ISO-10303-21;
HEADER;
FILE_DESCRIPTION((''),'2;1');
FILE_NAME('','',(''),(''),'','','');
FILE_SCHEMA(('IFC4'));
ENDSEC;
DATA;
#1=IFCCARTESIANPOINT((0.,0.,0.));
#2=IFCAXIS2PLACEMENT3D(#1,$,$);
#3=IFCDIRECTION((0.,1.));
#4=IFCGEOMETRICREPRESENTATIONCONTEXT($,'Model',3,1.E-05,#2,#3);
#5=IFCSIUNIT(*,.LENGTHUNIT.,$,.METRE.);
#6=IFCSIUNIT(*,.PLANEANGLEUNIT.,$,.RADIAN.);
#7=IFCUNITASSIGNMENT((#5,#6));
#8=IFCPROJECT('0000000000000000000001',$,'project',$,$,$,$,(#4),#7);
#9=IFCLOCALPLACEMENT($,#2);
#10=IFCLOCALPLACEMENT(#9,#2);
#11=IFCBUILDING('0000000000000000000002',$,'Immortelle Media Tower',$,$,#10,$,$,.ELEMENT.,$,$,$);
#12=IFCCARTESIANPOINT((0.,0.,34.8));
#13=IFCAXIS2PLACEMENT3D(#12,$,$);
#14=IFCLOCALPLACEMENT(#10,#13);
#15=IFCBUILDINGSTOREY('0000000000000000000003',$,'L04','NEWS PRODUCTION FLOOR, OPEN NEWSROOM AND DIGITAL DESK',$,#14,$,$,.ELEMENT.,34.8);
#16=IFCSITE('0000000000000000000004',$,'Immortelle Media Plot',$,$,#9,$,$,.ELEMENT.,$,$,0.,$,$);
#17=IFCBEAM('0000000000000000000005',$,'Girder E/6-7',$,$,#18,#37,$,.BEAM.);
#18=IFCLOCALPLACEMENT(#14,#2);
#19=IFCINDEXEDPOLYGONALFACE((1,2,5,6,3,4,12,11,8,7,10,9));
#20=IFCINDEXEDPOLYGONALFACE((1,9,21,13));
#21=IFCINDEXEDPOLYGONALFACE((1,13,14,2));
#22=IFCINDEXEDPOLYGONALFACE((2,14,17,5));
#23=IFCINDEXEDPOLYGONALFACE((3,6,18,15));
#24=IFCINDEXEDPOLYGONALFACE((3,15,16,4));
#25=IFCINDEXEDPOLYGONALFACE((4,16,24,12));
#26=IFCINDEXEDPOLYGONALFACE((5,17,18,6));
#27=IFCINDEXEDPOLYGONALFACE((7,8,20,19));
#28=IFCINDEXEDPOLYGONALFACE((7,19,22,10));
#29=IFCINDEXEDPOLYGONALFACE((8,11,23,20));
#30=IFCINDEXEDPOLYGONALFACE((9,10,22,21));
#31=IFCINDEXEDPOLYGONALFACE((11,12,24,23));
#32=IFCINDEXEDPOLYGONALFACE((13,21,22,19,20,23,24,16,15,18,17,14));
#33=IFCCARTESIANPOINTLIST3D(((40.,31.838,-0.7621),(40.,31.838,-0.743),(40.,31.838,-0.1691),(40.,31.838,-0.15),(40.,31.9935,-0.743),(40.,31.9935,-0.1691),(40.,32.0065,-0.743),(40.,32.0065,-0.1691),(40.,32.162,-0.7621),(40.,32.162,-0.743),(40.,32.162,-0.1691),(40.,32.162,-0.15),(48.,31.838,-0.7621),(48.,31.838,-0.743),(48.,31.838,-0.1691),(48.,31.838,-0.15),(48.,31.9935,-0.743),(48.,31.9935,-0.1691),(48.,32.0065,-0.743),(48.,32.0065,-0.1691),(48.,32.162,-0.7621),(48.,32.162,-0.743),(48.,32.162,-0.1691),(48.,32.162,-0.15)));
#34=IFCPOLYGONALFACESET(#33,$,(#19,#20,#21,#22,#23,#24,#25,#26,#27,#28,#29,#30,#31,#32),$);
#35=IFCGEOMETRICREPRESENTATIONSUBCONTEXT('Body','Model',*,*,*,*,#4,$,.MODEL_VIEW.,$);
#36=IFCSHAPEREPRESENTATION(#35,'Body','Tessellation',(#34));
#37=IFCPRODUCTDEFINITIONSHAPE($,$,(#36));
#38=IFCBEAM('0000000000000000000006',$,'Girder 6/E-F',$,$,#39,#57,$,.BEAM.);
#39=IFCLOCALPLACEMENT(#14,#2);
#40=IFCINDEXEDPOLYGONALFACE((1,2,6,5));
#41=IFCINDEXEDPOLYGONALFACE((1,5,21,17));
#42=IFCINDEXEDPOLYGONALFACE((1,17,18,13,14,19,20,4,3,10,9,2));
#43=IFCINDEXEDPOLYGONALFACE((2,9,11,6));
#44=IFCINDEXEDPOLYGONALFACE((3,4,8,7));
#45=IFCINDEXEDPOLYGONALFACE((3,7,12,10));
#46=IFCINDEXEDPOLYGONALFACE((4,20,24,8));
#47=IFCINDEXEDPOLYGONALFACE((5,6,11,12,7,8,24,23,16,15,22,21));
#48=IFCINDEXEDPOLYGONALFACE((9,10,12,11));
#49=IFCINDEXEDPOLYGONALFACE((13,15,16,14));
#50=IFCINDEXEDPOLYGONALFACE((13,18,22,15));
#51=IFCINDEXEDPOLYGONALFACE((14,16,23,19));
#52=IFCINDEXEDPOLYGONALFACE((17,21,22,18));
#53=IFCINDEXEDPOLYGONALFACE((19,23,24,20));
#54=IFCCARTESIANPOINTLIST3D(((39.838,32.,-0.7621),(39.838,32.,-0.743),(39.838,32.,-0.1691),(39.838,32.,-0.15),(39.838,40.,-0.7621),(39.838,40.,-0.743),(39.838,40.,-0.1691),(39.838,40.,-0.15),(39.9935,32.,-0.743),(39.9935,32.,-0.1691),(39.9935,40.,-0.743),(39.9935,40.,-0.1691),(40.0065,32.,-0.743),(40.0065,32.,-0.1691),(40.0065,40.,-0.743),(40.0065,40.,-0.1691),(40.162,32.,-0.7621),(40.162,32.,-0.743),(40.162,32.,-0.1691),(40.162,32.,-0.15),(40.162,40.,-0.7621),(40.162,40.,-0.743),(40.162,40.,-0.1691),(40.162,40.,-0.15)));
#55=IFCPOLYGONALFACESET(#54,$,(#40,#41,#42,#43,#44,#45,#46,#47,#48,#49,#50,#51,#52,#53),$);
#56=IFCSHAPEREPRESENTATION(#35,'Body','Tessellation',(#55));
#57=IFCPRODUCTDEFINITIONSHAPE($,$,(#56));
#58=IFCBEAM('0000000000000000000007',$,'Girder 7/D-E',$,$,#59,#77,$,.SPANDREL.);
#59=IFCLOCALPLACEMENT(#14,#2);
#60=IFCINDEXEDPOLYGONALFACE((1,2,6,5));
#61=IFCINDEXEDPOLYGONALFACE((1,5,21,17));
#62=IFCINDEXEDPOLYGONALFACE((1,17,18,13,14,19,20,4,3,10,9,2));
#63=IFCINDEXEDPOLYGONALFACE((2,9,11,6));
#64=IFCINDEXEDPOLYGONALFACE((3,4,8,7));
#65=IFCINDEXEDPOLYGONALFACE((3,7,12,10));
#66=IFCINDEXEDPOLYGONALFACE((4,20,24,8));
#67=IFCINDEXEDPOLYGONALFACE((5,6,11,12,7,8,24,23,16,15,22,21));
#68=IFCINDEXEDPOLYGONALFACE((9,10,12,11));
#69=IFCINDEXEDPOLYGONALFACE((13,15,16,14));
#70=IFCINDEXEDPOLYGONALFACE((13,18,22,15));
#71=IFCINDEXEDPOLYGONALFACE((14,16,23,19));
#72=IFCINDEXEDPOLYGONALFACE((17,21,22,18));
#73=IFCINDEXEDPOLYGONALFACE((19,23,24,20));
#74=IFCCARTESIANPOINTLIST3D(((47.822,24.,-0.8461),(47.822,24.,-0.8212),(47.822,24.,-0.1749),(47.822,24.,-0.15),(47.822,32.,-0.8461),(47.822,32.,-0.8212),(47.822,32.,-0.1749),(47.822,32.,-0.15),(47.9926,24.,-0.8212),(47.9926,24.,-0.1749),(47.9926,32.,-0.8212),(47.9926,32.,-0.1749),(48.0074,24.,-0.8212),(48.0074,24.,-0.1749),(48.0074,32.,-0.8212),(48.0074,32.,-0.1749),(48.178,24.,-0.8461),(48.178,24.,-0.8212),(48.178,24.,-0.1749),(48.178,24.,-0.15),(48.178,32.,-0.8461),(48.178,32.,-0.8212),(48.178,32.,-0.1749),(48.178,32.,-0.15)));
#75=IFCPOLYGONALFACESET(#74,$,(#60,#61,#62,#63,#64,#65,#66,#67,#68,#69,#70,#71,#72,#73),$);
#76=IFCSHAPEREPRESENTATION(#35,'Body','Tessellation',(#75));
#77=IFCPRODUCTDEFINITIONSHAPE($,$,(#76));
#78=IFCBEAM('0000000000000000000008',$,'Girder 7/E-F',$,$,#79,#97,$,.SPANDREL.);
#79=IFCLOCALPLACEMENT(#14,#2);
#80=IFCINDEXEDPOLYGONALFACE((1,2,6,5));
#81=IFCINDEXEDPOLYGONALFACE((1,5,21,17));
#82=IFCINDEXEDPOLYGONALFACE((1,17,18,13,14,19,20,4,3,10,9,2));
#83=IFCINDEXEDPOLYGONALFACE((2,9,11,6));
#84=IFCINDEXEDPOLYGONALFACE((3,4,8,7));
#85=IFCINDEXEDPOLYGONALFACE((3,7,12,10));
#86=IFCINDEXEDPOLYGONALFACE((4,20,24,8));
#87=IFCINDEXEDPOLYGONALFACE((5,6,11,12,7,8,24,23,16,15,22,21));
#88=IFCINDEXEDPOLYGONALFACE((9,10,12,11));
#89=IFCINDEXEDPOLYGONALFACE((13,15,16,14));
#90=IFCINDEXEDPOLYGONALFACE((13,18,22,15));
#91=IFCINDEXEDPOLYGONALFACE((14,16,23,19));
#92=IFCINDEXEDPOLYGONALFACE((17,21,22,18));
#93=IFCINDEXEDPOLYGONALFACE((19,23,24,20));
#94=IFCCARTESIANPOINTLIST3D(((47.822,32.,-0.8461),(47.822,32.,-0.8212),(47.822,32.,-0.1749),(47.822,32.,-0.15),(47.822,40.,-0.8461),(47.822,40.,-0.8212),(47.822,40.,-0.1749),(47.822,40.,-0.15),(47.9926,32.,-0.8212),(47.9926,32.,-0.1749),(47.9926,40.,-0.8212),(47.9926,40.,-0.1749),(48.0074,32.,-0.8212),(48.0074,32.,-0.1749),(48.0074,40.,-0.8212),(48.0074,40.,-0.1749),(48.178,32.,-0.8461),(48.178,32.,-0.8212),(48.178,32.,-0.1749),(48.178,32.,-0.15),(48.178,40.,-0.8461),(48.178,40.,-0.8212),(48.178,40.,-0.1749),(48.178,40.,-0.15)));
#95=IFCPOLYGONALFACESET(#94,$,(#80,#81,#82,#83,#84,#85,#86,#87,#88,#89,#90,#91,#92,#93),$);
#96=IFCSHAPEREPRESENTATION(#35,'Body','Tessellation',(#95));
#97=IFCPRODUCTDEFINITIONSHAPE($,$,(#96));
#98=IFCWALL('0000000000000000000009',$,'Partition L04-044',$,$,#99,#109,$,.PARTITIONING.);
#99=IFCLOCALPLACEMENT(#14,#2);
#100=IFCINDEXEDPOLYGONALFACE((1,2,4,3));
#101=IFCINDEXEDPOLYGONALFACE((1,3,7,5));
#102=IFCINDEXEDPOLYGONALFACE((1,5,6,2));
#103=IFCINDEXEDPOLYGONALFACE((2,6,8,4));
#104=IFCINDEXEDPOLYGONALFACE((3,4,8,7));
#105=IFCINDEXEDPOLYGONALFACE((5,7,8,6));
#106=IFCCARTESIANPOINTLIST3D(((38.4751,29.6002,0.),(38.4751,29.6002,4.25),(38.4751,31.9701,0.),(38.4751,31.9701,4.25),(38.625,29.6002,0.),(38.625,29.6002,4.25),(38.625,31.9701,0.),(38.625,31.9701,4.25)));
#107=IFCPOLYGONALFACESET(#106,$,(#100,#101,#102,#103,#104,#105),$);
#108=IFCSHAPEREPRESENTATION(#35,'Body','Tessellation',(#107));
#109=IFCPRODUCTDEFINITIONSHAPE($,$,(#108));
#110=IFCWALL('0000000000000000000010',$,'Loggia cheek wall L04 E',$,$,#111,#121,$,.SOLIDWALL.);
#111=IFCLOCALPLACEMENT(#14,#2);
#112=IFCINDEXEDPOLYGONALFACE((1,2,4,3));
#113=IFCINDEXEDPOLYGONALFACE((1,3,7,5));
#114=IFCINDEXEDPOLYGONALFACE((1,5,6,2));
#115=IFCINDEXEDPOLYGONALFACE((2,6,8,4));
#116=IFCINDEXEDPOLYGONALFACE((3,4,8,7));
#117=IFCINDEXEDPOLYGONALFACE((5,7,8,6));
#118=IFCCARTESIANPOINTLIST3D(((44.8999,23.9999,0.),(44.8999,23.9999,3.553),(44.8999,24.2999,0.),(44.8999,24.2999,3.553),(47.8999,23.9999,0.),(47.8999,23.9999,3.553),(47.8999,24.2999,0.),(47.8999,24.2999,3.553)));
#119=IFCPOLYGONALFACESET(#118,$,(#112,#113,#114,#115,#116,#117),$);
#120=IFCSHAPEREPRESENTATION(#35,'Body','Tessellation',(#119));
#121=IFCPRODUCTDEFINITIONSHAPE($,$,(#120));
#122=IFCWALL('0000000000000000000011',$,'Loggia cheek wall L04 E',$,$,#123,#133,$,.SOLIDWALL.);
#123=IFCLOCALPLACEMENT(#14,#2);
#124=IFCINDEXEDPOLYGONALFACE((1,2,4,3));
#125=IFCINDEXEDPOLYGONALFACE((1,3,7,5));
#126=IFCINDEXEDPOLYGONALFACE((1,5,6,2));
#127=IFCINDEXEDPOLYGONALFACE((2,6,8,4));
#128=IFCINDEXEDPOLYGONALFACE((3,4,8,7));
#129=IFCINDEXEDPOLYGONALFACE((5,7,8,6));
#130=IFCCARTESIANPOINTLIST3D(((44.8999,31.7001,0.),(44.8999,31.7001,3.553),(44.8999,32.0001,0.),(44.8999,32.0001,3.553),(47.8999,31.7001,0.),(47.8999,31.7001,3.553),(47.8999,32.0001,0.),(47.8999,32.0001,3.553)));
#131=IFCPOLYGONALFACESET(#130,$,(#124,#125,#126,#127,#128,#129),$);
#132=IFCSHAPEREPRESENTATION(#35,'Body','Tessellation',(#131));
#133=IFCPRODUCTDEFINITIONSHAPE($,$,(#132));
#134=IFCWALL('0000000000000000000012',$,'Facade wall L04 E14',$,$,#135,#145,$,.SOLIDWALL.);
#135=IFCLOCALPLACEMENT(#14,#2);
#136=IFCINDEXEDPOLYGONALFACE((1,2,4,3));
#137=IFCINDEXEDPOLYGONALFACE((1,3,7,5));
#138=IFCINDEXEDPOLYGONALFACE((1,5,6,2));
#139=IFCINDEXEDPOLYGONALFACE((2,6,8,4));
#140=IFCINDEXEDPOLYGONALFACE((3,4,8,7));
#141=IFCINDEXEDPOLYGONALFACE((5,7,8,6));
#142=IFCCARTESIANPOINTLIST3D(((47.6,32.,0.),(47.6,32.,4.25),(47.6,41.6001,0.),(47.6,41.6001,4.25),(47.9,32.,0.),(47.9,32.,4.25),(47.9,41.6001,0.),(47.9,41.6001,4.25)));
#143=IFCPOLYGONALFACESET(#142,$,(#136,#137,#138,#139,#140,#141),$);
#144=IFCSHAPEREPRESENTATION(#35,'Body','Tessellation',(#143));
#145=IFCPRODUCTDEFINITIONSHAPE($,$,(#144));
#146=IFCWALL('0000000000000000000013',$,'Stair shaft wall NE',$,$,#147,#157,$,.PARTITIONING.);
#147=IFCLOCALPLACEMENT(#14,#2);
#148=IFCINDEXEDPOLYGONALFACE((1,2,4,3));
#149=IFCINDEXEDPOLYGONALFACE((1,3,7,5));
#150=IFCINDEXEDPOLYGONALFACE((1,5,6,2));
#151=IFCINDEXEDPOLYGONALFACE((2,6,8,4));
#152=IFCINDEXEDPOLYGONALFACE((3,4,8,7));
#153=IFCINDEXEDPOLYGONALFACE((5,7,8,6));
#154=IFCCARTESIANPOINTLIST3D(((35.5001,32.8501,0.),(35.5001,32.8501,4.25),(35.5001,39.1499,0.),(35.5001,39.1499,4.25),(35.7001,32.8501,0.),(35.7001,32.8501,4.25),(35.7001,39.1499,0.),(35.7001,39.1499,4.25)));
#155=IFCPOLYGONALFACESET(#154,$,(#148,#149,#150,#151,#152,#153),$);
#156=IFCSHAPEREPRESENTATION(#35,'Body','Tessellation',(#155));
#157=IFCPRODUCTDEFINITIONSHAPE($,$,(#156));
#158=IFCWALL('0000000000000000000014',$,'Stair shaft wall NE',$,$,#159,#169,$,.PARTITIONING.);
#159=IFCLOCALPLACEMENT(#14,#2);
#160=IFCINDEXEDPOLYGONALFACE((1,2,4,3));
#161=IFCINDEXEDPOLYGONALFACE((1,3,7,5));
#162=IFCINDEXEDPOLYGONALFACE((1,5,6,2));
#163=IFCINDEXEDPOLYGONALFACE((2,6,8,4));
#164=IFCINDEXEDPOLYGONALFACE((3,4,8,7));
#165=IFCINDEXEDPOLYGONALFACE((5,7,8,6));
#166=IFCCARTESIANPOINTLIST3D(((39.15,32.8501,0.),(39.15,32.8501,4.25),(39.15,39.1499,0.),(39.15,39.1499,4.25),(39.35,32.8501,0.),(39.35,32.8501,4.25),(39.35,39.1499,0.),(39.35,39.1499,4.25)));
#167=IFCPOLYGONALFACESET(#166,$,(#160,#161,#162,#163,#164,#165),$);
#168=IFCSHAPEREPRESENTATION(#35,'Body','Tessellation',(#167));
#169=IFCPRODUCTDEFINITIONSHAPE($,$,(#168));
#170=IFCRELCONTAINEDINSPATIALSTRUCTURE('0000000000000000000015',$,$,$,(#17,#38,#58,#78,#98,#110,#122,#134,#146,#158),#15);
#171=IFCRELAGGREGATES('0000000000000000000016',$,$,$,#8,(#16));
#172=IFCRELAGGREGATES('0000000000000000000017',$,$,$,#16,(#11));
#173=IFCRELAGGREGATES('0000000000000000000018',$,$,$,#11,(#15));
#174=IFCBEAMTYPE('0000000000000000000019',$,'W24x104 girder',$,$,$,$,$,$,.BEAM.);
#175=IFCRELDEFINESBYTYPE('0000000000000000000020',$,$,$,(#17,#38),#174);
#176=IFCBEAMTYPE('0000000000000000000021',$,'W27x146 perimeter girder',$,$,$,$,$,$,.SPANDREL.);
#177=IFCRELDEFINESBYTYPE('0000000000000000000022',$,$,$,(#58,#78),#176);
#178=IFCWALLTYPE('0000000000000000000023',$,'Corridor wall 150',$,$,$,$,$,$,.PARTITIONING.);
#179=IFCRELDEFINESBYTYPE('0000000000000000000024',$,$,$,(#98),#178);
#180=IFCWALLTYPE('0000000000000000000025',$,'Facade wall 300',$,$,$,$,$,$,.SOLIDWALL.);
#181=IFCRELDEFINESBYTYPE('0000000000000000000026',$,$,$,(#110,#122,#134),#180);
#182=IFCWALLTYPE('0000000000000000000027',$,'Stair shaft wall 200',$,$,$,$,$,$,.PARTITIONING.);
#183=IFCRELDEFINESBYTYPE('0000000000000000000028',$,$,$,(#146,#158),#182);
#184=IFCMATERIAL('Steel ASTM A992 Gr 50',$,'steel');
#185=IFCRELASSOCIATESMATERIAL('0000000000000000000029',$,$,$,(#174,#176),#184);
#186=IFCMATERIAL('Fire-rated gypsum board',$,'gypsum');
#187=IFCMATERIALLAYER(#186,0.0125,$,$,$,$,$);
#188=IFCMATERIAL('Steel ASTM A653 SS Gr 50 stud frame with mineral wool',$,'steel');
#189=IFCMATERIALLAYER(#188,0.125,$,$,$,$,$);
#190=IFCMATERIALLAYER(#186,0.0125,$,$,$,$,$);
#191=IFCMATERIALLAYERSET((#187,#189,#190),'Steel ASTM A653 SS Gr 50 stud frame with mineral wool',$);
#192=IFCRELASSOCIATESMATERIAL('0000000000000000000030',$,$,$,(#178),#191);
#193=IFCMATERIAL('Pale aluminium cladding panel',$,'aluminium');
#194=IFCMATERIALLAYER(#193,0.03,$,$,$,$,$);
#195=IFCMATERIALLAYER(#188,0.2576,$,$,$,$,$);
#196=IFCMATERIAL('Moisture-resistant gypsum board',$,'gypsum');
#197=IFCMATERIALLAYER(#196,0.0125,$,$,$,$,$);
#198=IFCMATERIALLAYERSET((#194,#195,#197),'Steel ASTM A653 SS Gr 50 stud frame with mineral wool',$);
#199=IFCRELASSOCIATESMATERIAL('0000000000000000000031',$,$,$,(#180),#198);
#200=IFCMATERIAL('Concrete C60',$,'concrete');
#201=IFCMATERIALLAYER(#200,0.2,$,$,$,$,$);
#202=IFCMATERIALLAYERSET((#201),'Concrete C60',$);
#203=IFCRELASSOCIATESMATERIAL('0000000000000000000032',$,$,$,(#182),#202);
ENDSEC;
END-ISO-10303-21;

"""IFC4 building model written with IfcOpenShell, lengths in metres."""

from ifc_helpers import new_model, si_unit, direction, frame, frame_2d, origin, origin_2d, place, context, subcontext, project, spatial, rectangle, i_section, extrude, material, layer, layer_set, material_profile, profile_set, type_object, element, save


model = new_model("IFC4")

# Units and contexts
model_context = context("Model", 3, precision=1e-05, world=origin(), true_north=direction((0.0, 1.0)))
body_context = subcontext(model_context, "Body", "Model", "MODEL_VIEW")
ifc_project = project(units=[si_unit("LENGTHUNIT", "METRE"), si_unit("PLANEANGLEUNIT", "RADIAN")], contexts=[model_context])

# Site, building, storey
site_placement = place(None, origin())
site = spatial("IfcSite", under=ifc_project, at=site_placement, Name="Immortelle Media Plot", CompositionType="ELEMENT", RefElevation=0.0)
building_placement = place(site_placement, origin())
building = spatial("IfcBuilding", under=site, at=building_placement, Name="Immortelle Media Tower", CompositionType="ELEMENT")
storey_placement = place(building_placement, frame((0.0, 0.0, 34.8)))
storey = spatial("IfcBuildingStorey", under=building, at=storey_placement, Name="L04", Description="NEWS PRODUCTION FLOOR, OPEN NEWSROOM AND DIGITAL DESK", CompositionType="ELEMENT", Elevation=34.8)

# Shared definitions
ifc_material_1 = material(Name="Steel ASTM A992 Gr 50", Category="steel")

# Beams
ifc_material_profile_1 = material_profile(ifc_material_1, i_section(OverallWidth=0.324, OverallDepth=0.6121, WebThickness=0.0129, FlangeThickness=0.019, at=origin_2d()), Name="W24x104")
ifc_profile_set_1 = profile_set([ifc_material_profile_1], Name="Steel ASTM A992 Gr 50")
beam_type_1 = type_object("IfcBeamType", Name="W24x104 girder", PredefinedType="BEAM", material=ifc_profile_set_1)
for number, where, z_axis, x_axis, name in (
    (1, (40.0, 32.0, -0.4561), (1.0, 0.0, 0.0), (0.0, 1.0, 0.0), "Girder E/6-7"),
    (2, (40.0, 32.0, -0.4561), (0.0, 1.0, 0.0), (-1.0, 0.0, 0.0), "Girder 6/E-F"),
):
    element("IfcBeam", number, at=place(storey_placement, frame(where, z_axis=z_axis, x_axis=x_axis)), inside=storey, type_object=beam_type_1, Name=name, PredefinedType="BEAM", context=body_context, shape_type="SweptSolid", body=[
        extrude(i_section(OverallWidth=0.324, OverallDepth=0.6121, WebThickness=0.0129, FlangeThickness=0.019, at=origin_2d()), origin(), (0.0, 0.0, 1.0), 8.0),
    ])
ifc_material_profile_2 = material_profile(ifc_material_1, i_section(OverallWidth=0.356, OverallDepth=0.696, WebThickness=0.0149, FlangeThickness=0.0249, at=origin_2d()), Name="W27x146")
ifc_profile_set_2 = profile_set([ifc_material_profile_2], Name="Steel ASTM A992 Gr 50")
beam_type_2 = type_object("IfcBeamType", Name="W27x146 perimeter girder", PredefinedType="SPANDREL", material=ifc_profile_set_2)
for number, where, z_axis, x_axis, name in (
    (3, (48.0, 24.0, -0.498), (0.0, 1.0, 0.0), (-1.0, 0.0, 0.0), "Girder 7/D-E"),
    (4, (48.0, 32.0, -0.498), (0.0, 1.0, 0.0), (-1.0, 0.0, 0.0), "Girder 7/E-F"),
):
    element("IfcBeam", number, at=place(storey_placement, frame(where, z_axis=z_axis, x_axis=x_axis)), inside=storey, type_object=beam_type_2, Name=name, PredefinedType="SPANDREL", context=body_context, shape_type="SweptSolid", body=[
        extrude(i_section(OverallWidth=0.356, OverallDepth=0.696, WebThickness=0.0149, FlangeThickness=0.0249, at=origin_2d()), origin(), (0.0, 0.0, 1.0), 8.0),
    ])

# Wall
ifc_material_2 = material(Name="Fire-rated gypsum board", Category="gypsum")
ifc_layer_1 = layer(ifc_material_2, 0.0125)
ifc_material_3 = material(Name="Steel ASTM A653 SS Gr 50 stud frame with mineral wool", Category="steel")
ifc_layer_2 = layer(ifc_material_3, 0.125)
ifc_layer_3 = layer(ifc_material_2, 0.0125)
ifc_layer_set_1 = layer_set([ifc_layer_1, ifc_layer_2, ifc_layer_3], Name="Steel ASTM A653 SS Gr 50 stud frame with mineral wool")
wall_type_1 = type_object("IfcWallType", Name="Corridor wall 150", PredefinedType="PARTITIONING", material=ifc_layer_set_1)
wall_1_placement = place(storey_placement, frame((38.55, 29.6001, 0.0), z_axis=(0.0, 0.0, 1.0), x_axis=(0.0, 1.0, 0.0)))
element("IfcWall", 5, at=wall_1_placement, inside=storey, type_object=wall_type_1, Name="Partition L04-044", PredefinedType="PARTITIONING", context=body_context, shape_type="SweptSolid", body=[
    extrude(rectangle(XDim=2.3699, YDim=0.1499, at=frame_2d((1.1851, 0.0))), origin(), (0.0, 0.0, 1.0), 4.25),
])

# Shared definitions
ifc_material_4 = material(Name="Pale aluminium cladding panel", Category="aluminium")
ifc_layer_4 = layer(ifc_material_4, 0.03)
ifc_layer_5 = layer(ifc_material_3, 0.2576)
ifc_material_5 = material(Name="Moisture-resistant gypsum board", Category="gypsum")
ifc_layer_6 = layer(ifc_material_5, 0.0125)
ifc_layer_set_2 = layer_set([ifc_layer_4, ifc_layer_5, ifc_layer_6], Name="Steel ASTM A653 SS Gr 50 stud frame with mineral wool")
wall_type_2 = type_object("IfcWallType", Name="Facade wall 300", PredefinedType="SOLIDWALL", material=ifc_layer_set_2)

# Walls
for number, where, z_axis, x_axis, name in (
    (6, (47.8999, 24.1499, 0.0), (0.0, 0.0, 1.0), (-1.0, 0.0, 0.0), "Loggia cheek wall L04 E"),
    (7, (47.8999, 31.8501, 0.0), (0.0, 0.0, 1.0), (-1.0, 0.0, 0.0), "Loggia cheek wall L04 E"),
):
    element("IfcWall", number, at=place(storey_placement, frame(where, z_axis=z_axis, x_axis=x_axis)), inside=storey, type_object=wall_type_2, Name=name, PredefinedType="SOLIDWALL", context=body_context, shape_type="SweptSolid", body=[
        extrude(rectangle(XDim=3.0, YDim=0.3, at=frame_2d((1.5, 0.0))), origin(), (0.0, 0.0, 1.0), 3.553),
    ])
wall_2_placement = place(storey_placement, frame((47.75, 32.0, 0.0), z_axis=(0.0, 0.0, 1.0), x_axis=(0.0, 1.0, 0.0)))
element("IfcWall", 8, at=wall_2_placement, inside=storey, type_object=wall_type_2, Name="Facade wall L04 E14", PredefinedType="SOLIDWALL", context=body_context, shape_type="SweptSolid", body=[
    extrude(rectangle(XDim=9.6001, YDim=0.3, at=frame_2d((4.8, 0.0))), origin(), (0.0, 0.0, 1.0), 4.25),
])
ifc_material_6 = material(Name="Concrete C60", Category="concrete")
ifc_layer_7 = layer(ifc_material_6, 0.2)
ifc_layer_set_3 = layer_set([ifc_layer_7], Name="Concrete C60")
wall_type_3 = type_object("IfcWallType", Name="Stair shaft wall 200", PredefinedType="PARTITIONING", material=ifc_layer_set_3)
for number, where, z_axis, x_axis, name in (
    (9, (35.6001, 32.8501, 0.0), (0.0, 0.0, 1.0), (0.0, 1.0, 0.0), "Stair shaft wall NE"),
    (10, (39.25, 32.8501, 0.0), (0.0, 0.0, 1.0), (0.0, 1.0, 0.0), "Stair shaft wall NE"),
):
    element("IfcWall", number, at=place(storey_placement, frame(where, z_axis=z_axis, x_axis=x_axis)), inside=storey, type_object=wall_type_3, Name=name, PredefinedType="PARTITIONING", context=body_context, shape_type="SweptSolid", body=[
        extrude(rectangle(XDim=6.2998, YDim=0.2, at=frame_2d((3.1499, 0.0))), origin(), (0.0, 0.0, 1.0), 4.25),
    ])

save(model, "model.ifc")
